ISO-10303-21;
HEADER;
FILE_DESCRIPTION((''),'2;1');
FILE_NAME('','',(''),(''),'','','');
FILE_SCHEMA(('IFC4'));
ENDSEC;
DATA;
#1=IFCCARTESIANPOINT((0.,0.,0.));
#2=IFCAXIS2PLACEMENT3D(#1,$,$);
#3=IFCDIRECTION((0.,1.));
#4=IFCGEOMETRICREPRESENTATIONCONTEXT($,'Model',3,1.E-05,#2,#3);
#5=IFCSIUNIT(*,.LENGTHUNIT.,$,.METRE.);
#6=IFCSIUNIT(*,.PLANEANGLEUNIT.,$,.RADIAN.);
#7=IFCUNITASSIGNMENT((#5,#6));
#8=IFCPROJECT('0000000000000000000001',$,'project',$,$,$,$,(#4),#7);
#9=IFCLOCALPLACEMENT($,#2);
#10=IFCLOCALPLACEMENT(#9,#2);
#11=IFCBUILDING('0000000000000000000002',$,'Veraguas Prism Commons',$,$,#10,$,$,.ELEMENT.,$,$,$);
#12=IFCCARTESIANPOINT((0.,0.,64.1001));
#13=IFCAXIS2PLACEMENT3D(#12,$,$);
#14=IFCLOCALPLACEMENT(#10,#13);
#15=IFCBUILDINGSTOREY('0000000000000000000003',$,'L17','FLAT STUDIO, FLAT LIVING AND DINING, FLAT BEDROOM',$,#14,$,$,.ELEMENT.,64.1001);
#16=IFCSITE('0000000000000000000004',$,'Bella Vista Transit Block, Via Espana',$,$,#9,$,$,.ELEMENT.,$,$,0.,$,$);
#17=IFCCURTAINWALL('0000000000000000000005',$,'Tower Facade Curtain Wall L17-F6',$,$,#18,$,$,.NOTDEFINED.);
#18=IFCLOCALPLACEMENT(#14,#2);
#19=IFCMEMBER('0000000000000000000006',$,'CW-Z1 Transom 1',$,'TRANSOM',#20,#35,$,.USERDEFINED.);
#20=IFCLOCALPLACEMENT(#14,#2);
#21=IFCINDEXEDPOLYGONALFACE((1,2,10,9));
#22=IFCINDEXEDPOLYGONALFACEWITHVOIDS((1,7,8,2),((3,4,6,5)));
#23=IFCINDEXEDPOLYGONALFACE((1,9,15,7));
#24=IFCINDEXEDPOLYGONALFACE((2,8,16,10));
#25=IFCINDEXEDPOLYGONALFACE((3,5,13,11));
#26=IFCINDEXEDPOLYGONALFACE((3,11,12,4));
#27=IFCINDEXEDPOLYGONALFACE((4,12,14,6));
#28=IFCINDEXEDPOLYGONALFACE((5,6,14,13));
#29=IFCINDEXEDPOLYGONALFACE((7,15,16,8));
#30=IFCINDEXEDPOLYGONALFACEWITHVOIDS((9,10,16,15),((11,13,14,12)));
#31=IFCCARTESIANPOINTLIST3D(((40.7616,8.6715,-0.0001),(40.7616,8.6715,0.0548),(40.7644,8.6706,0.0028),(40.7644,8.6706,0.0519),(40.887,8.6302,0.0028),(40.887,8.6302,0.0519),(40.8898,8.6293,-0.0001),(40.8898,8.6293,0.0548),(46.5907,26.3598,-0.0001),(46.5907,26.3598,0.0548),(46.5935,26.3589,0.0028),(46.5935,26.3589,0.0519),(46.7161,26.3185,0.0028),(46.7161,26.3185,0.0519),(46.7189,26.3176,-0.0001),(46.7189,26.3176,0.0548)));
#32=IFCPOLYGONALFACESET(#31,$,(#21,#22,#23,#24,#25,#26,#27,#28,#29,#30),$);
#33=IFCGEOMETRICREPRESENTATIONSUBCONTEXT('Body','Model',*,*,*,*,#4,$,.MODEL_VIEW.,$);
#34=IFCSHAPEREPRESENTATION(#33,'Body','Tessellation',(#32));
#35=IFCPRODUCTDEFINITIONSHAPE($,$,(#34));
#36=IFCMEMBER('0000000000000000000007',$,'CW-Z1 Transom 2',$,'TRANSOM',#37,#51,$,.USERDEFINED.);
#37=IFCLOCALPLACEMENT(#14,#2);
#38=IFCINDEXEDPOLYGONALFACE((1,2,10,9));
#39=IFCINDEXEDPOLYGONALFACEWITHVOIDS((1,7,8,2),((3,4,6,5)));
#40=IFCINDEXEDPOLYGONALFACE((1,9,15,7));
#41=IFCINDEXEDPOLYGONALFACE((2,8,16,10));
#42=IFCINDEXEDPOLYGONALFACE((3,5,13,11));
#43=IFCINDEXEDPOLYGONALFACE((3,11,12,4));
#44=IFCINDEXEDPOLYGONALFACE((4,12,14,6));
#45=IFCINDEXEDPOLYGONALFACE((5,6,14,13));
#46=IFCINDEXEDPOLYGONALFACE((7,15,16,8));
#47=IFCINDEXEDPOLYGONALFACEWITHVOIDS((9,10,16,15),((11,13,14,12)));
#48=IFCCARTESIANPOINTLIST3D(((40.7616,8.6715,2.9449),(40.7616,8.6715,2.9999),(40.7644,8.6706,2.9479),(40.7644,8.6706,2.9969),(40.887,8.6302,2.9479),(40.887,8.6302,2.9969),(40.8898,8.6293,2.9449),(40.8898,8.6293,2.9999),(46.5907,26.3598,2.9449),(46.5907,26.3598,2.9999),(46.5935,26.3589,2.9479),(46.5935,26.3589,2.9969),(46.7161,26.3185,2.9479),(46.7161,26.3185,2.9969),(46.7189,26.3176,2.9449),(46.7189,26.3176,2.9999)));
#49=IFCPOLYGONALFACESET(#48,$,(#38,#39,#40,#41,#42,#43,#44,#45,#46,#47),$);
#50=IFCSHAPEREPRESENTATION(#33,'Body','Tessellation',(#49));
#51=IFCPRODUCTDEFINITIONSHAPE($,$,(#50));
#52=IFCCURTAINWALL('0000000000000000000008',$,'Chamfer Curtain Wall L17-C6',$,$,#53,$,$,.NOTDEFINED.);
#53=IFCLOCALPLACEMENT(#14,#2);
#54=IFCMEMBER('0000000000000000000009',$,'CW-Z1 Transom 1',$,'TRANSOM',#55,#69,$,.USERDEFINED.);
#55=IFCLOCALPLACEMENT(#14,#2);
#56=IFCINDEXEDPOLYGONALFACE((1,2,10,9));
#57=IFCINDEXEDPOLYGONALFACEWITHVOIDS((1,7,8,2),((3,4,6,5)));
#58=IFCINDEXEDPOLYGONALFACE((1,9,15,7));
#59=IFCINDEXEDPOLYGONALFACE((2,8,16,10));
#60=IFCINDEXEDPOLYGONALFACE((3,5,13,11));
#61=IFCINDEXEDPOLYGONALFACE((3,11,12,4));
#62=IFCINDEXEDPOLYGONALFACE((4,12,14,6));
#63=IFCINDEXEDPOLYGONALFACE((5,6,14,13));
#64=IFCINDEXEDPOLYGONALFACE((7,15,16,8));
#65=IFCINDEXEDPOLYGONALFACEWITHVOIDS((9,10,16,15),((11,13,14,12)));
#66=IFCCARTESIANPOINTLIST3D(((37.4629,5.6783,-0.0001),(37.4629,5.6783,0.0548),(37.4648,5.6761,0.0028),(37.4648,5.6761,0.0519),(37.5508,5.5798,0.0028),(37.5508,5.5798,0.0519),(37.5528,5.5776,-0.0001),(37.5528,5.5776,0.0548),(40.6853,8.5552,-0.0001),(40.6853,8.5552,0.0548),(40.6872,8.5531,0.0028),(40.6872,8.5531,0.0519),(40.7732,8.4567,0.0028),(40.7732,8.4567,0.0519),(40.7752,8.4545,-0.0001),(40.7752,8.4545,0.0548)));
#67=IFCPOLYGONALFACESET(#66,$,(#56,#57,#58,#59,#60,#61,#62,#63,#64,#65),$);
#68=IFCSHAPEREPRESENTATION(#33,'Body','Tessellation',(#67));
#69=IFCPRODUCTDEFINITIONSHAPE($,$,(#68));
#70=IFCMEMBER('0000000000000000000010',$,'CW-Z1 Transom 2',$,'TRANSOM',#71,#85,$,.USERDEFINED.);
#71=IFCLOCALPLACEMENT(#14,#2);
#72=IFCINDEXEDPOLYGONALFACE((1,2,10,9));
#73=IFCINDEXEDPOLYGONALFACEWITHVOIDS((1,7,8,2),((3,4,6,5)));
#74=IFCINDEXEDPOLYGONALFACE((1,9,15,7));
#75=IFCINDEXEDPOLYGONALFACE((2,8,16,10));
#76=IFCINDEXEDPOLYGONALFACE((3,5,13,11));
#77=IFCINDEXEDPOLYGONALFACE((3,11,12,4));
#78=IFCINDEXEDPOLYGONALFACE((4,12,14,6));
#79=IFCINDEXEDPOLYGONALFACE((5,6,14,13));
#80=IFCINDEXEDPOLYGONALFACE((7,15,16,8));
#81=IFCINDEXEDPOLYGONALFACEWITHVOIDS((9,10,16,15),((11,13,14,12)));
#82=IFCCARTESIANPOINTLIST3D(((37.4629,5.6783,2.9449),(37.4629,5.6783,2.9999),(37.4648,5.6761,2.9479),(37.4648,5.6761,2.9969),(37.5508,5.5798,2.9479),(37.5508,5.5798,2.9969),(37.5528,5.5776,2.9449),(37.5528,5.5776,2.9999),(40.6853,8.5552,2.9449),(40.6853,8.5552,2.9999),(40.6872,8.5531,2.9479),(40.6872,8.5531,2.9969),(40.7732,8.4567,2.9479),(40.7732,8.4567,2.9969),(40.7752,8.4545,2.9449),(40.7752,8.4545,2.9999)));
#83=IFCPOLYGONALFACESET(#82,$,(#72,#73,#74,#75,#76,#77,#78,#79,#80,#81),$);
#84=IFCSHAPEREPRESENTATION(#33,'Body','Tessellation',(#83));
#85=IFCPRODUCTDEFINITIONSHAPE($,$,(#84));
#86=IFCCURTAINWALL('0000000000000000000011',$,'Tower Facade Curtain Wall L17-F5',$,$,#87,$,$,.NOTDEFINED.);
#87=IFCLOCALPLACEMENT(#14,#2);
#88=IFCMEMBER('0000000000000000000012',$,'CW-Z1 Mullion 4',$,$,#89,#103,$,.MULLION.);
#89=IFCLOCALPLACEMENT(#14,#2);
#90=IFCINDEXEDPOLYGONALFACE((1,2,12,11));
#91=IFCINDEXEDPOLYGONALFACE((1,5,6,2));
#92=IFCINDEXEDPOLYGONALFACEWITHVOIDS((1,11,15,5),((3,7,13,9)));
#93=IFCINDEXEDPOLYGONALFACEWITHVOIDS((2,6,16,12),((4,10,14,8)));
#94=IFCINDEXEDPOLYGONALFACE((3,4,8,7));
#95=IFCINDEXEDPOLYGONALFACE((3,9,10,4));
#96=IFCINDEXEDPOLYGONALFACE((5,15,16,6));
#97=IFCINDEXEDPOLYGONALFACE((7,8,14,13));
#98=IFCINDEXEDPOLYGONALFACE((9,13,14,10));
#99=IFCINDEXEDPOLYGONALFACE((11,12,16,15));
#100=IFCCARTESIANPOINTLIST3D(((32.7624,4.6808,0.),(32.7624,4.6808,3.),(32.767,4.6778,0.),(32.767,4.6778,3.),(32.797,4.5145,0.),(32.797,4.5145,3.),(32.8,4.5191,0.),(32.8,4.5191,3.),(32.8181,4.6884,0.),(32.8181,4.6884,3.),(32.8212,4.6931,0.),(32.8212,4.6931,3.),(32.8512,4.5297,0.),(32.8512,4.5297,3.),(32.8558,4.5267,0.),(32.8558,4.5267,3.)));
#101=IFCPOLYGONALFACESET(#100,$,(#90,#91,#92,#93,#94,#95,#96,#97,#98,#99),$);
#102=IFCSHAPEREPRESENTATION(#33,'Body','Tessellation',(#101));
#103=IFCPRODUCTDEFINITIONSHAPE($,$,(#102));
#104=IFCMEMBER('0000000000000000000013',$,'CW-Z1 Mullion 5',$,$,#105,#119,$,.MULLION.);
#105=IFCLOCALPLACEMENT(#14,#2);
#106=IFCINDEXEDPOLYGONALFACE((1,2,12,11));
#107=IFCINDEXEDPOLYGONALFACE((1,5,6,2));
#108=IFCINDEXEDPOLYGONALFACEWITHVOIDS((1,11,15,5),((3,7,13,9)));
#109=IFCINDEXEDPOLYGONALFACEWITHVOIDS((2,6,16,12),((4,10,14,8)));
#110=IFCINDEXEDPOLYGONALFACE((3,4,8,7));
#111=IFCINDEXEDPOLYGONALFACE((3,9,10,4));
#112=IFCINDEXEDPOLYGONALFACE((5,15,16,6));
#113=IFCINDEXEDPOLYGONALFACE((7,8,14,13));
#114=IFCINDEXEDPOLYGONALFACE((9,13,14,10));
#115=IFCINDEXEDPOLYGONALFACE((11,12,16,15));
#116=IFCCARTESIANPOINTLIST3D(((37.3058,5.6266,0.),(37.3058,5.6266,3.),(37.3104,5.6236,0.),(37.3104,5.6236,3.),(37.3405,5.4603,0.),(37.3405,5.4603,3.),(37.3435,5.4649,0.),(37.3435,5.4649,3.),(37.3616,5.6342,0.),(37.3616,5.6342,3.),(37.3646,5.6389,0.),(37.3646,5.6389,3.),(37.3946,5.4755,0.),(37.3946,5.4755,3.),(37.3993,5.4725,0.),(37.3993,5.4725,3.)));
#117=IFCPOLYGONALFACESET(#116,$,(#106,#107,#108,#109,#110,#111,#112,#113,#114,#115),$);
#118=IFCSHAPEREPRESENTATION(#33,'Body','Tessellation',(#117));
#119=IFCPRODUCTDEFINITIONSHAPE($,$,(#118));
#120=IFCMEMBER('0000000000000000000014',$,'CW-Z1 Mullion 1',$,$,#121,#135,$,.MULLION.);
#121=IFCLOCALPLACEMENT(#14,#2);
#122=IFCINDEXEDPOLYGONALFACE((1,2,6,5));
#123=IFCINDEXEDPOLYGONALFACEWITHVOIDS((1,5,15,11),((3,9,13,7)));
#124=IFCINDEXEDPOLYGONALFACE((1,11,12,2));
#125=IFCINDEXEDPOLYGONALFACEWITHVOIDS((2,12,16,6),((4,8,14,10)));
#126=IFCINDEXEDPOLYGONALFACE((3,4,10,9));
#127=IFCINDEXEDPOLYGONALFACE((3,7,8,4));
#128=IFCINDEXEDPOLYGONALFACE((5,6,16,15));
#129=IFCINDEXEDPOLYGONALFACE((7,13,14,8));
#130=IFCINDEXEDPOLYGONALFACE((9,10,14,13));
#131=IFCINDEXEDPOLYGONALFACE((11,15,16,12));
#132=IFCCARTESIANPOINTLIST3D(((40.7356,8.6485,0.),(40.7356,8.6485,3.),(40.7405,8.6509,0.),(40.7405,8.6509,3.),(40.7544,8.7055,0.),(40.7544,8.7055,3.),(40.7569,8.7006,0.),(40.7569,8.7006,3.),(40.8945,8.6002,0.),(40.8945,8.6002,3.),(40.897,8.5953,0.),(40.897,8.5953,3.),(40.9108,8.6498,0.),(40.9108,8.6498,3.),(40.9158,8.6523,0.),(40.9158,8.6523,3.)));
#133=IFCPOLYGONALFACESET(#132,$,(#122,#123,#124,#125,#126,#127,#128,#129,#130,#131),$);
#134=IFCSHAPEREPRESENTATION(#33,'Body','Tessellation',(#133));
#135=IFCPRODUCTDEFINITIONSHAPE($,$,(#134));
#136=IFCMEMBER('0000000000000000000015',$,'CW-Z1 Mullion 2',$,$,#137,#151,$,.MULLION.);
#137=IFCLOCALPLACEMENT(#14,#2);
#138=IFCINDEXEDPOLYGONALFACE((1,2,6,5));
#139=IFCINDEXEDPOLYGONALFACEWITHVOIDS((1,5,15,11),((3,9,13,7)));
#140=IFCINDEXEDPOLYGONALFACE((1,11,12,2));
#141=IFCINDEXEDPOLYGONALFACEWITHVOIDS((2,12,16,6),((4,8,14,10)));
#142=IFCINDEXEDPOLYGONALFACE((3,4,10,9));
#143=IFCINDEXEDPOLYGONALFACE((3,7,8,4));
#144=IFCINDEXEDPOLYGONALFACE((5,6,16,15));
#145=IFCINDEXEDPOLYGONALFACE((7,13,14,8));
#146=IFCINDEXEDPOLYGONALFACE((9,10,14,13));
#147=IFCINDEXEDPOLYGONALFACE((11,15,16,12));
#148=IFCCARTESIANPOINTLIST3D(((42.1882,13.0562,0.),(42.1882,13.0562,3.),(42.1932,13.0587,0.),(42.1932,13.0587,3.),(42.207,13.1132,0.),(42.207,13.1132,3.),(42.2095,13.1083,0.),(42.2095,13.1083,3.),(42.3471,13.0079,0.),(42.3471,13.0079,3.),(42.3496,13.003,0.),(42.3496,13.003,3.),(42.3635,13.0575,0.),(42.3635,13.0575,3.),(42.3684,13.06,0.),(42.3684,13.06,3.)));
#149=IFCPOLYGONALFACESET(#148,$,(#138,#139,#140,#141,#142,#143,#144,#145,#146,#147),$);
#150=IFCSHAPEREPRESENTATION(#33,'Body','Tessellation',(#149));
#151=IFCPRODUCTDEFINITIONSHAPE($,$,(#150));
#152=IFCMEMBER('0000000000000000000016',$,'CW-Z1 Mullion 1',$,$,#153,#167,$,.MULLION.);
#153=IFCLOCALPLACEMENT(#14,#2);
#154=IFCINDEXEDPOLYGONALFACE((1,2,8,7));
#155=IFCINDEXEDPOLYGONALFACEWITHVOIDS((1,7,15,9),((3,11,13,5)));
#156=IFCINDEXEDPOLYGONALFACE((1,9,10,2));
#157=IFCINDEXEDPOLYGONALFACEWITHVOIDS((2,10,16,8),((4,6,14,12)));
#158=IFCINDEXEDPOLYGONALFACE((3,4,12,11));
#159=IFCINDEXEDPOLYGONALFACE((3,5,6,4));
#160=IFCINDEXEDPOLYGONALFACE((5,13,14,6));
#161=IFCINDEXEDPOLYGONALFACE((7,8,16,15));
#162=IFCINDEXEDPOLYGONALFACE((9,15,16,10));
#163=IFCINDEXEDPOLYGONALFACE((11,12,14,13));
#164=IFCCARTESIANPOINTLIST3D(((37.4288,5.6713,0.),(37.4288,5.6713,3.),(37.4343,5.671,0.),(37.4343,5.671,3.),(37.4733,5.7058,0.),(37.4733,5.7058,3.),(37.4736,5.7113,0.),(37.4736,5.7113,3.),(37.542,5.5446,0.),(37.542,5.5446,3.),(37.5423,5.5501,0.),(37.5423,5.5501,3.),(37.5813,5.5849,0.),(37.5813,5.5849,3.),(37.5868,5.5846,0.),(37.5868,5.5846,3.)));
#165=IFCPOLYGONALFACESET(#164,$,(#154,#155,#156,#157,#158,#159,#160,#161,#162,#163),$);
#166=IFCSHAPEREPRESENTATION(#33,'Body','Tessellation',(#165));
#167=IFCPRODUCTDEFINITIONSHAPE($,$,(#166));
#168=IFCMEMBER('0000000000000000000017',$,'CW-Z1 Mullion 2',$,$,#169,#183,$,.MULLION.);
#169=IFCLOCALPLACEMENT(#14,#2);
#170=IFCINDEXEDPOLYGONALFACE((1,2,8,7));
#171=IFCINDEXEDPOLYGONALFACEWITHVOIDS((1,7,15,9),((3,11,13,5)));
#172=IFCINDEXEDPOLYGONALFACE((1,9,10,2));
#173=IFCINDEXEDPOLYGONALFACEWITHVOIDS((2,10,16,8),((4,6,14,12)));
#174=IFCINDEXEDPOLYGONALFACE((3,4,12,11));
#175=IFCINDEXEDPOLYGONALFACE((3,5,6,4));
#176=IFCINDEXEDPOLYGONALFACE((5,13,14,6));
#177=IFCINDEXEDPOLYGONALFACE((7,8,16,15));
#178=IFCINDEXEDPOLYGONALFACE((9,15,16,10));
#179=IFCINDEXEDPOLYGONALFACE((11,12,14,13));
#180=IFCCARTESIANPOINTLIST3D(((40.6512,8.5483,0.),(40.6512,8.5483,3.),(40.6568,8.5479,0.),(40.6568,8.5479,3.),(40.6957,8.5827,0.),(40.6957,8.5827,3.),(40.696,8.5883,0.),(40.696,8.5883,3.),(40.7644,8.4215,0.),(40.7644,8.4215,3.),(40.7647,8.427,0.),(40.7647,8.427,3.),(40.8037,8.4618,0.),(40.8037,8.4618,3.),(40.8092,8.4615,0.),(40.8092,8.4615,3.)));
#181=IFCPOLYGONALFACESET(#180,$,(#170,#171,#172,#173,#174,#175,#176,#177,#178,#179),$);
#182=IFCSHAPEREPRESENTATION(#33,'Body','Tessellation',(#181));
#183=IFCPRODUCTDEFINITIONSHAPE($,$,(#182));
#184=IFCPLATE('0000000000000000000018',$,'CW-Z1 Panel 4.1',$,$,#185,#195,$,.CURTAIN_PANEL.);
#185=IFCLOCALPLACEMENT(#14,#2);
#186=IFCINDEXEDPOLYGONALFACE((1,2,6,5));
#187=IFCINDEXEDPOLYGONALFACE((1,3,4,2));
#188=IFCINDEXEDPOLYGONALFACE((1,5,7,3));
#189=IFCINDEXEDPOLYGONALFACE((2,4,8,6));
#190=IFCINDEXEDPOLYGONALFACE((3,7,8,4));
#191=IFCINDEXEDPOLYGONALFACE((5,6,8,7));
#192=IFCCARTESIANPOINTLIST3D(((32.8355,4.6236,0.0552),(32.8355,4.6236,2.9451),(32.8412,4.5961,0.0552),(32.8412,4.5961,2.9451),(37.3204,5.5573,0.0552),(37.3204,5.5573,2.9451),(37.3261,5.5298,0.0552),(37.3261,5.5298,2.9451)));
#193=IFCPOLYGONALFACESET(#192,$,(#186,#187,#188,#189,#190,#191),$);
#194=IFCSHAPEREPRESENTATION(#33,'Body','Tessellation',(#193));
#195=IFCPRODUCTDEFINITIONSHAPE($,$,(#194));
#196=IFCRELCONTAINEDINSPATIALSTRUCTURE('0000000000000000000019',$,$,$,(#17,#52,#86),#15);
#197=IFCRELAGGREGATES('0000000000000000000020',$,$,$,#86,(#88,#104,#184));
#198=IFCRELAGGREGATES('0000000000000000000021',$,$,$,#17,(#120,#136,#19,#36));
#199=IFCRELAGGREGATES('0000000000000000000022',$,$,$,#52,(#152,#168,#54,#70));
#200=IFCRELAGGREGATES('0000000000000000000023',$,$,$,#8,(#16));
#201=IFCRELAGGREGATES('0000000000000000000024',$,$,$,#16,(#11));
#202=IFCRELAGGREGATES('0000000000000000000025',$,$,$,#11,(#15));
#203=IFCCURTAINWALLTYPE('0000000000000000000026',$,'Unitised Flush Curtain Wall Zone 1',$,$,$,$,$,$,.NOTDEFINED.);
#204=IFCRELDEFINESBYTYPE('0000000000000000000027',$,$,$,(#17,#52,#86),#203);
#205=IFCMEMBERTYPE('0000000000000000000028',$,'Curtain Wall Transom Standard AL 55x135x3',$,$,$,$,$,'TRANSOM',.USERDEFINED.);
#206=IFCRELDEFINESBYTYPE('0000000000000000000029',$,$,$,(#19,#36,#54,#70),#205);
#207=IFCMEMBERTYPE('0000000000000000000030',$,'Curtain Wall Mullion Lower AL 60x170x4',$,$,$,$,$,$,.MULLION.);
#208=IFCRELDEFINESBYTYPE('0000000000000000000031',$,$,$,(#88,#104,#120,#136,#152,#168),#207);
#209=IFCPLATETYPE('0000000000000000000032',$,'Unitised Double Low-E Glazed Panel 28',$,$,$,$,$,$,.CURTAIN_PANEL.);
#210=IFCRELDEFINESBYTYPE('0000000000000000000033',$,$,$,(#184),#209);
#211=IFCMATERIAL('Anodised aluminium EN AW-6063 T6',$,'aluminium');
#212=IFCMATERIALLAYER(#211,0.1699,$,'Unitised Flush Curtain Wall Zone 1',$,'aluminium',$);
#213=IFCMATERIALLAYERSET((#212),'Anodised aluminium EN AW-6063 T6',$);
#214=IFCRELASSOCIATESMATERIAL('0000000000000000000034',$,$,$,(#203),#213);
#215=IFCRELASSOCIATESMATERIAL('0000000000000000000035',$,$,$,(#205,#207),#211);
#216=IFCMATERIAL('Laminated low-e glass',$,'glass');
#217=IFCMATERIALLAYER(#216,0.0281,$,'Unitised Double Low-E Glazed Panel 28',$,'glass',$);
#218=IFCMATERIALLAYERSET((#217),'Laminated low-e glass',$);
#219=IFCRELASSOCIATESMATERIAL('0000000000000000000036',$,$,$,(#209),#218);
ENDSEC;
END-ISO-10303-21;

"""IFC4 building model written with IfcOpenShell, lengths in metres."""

from ifc_helpers import new_model, si_unit, direction, frame, origin, origin_2d, place, context, subcontext, project, spatial, rectangle, hollow_rectangle, extrude, source, transform, mapped, material, layer, layer_set, material_profile, profile_set, type_object, element, aggregate, save


model = new_model("IFC4")

# Units and contexts
model_context = context("Model", 3, precision=1e-05, world=origin(), true_north=direction((0.0, 1.0)))
body_context = subcontext(model_context, "Body", "Model", "MODEL_VIEW")
ifc_project = project(units=[si_unit("LENGTHUNIT", "METRE"), si_unit("PLANEANGLEUNIT", "RADIAN")], contexts=[model_context])

# Site, building, storey
site_placement = place(None, origin())
site = spatial("IfcSite", under=ifc_project, at=site_placement, Name="Bella Vista Transit Block, Via Espana", CompositionType="ELEMENT", RefElevation=0.0)
building_placement = place(site_placement, origin())
building = spatial("IfcBuilding", under=site, at=building_placement, Name="Veraguas Prism Commons", CompositionType="ELEMENT")
storey_placement = place(building_placement, frame((0.0, 0.0, 64.1001)))
storey = spatial("IfcBuildingStorey", under=building, at=storey_placement, Name="L17", Description="FLAT STUDIO, FLAT LIVING AND DINING, FLAT BEDROOM", CompositionType="ELEMENT", Elevation=64.1001)

# Curtain walls, members
ifc_material_1 = material(Name="Anodised aluminium EN AW-6063 T6", Category="aluminium")
ifc_layer_1 = layer(ifc_material_1, 0.1699, Name="Unitised Flush Curtain Wall Zone 1", Category="aluminium")
ifc_layer_set_1 = layer_set([ifc_layer_1], Name="Anodised aluminium EN AW-6063 T6")
curtain_wall_type = type_object("IfcCurtainWallType", Name="Unitised Flush Curtain Wall Zone 1", PredefinedType="NOTDEFINED", material=ifc_layer_set_1)
curtain_wall_1_placement = place(storey_placement, origin())
curtain_wall_1 = element("IfcCurtainWall", 1, at=curtain_wall_1_placement, inside=storey, type_object=curtain_wall_type, Name="Tower Facade Curtain Wall L17-F6", PredefinedType="NOTDEFINED")
ifc_material_profile_1 = material_profile(ifc_material_1, hollow_rectangle(XDim=0.0549, YDim=0.135, WallThickness=0.0029, at=origin_2d()), Name="AL55X135X3")
ifc_profile_set_1 = profile_set([ifc_material_profile_1], Name="Anodised aluminium EN AW-6063 T6")
member_type_1 = type_object("IfcMemberType", Name="Curtain Wall Transom Standard AL 55x135x3", ElementType="TRANSOM", PredefinedType="USERDEFINED", material=ifc_profile_set_1)
shared_shape_1 = source(origin(), body_context, "Body", "SweptSolid", [
    extrude(hollow_rectangle(XDim=0.0549, YDim=0.135, WallThickness=0.0029, at=origin_2d()), origin(), (0.0, 0.0, 1.0), 18.624),
])
member_1_placement = place(storey_placement, frame((40.8257, 8.6504, 0.0273), z_axis=(0.312989, 0.949757, 0.0), x_axis=(0.0, 0.0, 1.0)))
member_1 = element("IfcMember", 2, at=member_1_placement, type_object=member_type_1, Name="CW-Z1 Transom 1", ObjectType="TRANSOM", PredefinedType="USERDEFINED", context=body_context, shape_type="MappedRepresentation", body=[
    mapped(shared_shape_1, transform((0.0, 0.0, 0.0), scale=1.0)),
])
member_2_placement = place(storey_placement, frame((40.8257, 8.6504, 2.9724), z_axis=(0.312989, 0.949757, 0.0), x_axis=(0.0, 0.0, 1.0)))
member_2 = element("IfcMember", 3, at=member_2_placement, type_object=member_type_1, Name="CW-Z1 Transom 2", ObjectType="TRANSOM", PredefinedType="USERDEFINED", context=body_context, shape_type="MappedRepresentation", body=[
    mapped(shared_shape_1, transform((0.0, 0.0, 0.0), scale=1.0)),
])
curtain_wall_2_placement = place(storey_placement, origin())
curtain_wall_2 = element("IfcCurtainWall", 4, at=curtain_wall_2_placement, inside=storey, type_object=curtain_wall_type, Name="Chamfer Curtain Wall L17-C6", PredefinedType="NOTDEFINED")
shared_shape_2 = source(origin(), body_context, "Body", "SweptSolid", [
    extrude(hollow_rectangle(XDim=0.0549, YDim=0.135, WallThickness=0.0029, at=origin_2d()), origin(), (0.0, 0.0, 1.0), 4.3198),
])
member_3_placement = place(storey_placement, frame((37.5078, 5.6279, 0.0273), z_axis=(0.745961, 0.66599, 0.0), x_axis=(0.0, 0.0, 1.0)))
member_3 = element("IfcMember", 5, at=member_3_placement, type_object=member_type_1, Name="CW-Z1 Transom 1", ObjectType="TRANSOM", PredefinedType="USERDEFINED", context=body_context, shape_type="MappedRepresentation", body=[
    mapped(shared_shape_2, transform((0.0, 0.0, 0.0), scale=1.0)),
])
member_4_placement = place(storey_placement, frame((37.5078, 5.6279, 2.9724), z_axis=(0.745961, 0.66599, 0.0), x_axis=(0.0, 0.0, 1.0)))
member_4 = element("IfcMember", 6, at=member_4_placement, type_object=member_type_1, Name="CW-Z1 Transom 2", ObjectType="TRANSOM", PredefinedType="USERDEFINED", context=body_context, shape_type="MappedRepresentation", body=[
    mapped(shared_shape_2, transform((0.0, 0.0, 0.0), scale=1.0)),
])
curtain_wall_3_placement = place(storey_placement, origin())
curtain_wall_3 = element("IfcCurtainWall", 7, at=curtain_wall_3_placement, inside=storey, type_object=curtain_wall_type, Name="Tower Facade Curtain Wall L17-F5", PredefinedType="NOTDEFINED")
ifc_material_profile_2 = material_profile(ifc_material_1, hollow_rectangle(XDim=0.0601, YDim=0.1699, WallThickness=0.0039, at=origin_2d()), Name="AL60X170X4")
ifc_profile_set_2 = profile_set([ifc_material_profile_2], Name="Anodised aluminium EN AW-6063 T6")
member_type_2 = type_object("IfcMemberType", Name="Curtain Wall Mullion Lower AL 60x170x4", PredefinedType="MULLION", material=ifc_profile_set_2)
shared_shape_3 = source(origin(), body_context, "Body", "SweptSolid", [
    extrude(hollow_rectangle(XDim=0.0601, YDim=0.1699, WallThickness=0.0039, at=origin_2d()), origin(), (0.0, 0.0, 1.0), 3.0),
])
member_5_placement = place(storey_placement, frame((32.8091, 4.6038, 0.0), z_axis=(0.0, 0.0, 1.0), x_axis=(0.979009, 0.203818, 0.0)))
member_5 = element("IfcMember", 8, at=member_5_placement, type_object=member_type_2, Name="CW-Z1 Mullion 4", PredefinedType="MULLION", context=body_context, shape_type="MappedRepresentation", body=[
    mapped(shared_shape_3, transform((0.0, 0.0, 0.0), scale=1.0)),
])
member_6_placement = place(storey_placement, frame((37.3525, 5.5496, 0.0), z_axis=(0.0, 0.0, 1.0), x_axis=(0.979009, 0.203818, 0.0)))
member_6 = element("IfcMember", 9, at=member_6_placement, type_object=member_type_2, Name="CW-Z1 Mullion 5", PredefinedType="MULLION", context=body_context, shape_type="MappedRepresentation", body=[
    mapped(shared_shape_3, transform((0.0, 0.0, 0.0), scale=1.0)),
])

# Members
member_7_placement = place(storey_placement, frame((40.8257, 8.6504, 0.0), z_axis=(0.0, 0.0, 1.0), x_axis=(0.312991, 0.949756, 0.0)))
member_7 = element("IfcMember", 10, at=member_7_placement, type_object=member_type_2, Name="CW-Z1 Mullion 1", PredefinedType="MULLION", context=body_context, shape_type="MappedRepresentation", body=[
    mapped(shared_shape_3, transform((0.0, 0.0, 0.0), scale=1.0)),
])
member_8_placement = place(storey_placement, frame((42.2783, 13.0581, 0.0), z_axis=(0.0, 0.0, 1.0), x_axis=(0.312991, 0.949756, 0.0)))
member_8 = element("IfcMember", 11, at=member_8_placement, type_object=member_type_2, Name="CW-Z1 Mullion 2", PredefinedType="MULLION", context=body_context, shape_type="MappedRepresentation", body=[
    mapped(shared_shape_3, transform((0.0, 0.0, 0.0), scale=1.0)),
])
member_9_placement = place(storey_placement, frame((37.5078, 5.6279, 0.0), z_axis=(0.0, 0.0, 1.0), x_axis=(0.745954, 0.665998, 0.0)))
member_9 = element("IfcMember", 12, at=member_9_placement, type_object=member_type_2, Name="CW-Z1 Mullion 1", PredefinedType="MULLION", context=body_context, shape_type="MappedRepresentation", body=[
    mapped(shared_shape_3, transform((0.0, 0.0, 0.0), scale=1.0)),
])
member_10_placement = place(storey_placement, frame((40.7302, 8.5049, 0.0), z_axis=(0.0, 0.0, 1.0), x_axis=(0.745954, 0.665998, 0.0)))
member_10 = element("IfcMember", 13, at=member_10_placement, type_object=member_type_2, Name="CW-Z1 Mullion 2", PredefinedType="MULLION", context=body_context, shape_type="MappedRepresentation", body=[
    mapped(shared_shape_3, transform((0.0, 0.0, 0.0), scale=1.0)),
])

# Plate
ifc_material_2 = material(Name="Laminated low-e glass", Category="glass")
ifc_layer_2 = layer(ifc_material_2, 0.0281, Name="Unitised Double Low-E Glazed Panel 28", Category="glass")
ifc_layer_set_2 = layer_set([ifc_layer_2], Name="Laminated low-e glass")
plate_type = type_object("IfcPlateType", Name="Unitised Double Low-E Glazed Panel 28", PredefinedType="CURTAIN_PANEL", material=ifc_layer_set_2)
shared_shape_4 = source(origin(), body_context, "Body", "SweptSolid", [
    extrude(rectangle(XDim=4.5811, YDim=0.0281, at=origin_2d()), origin(), (0.0, 0.0, 1.0), 2.8899),
])
plate_1_placement = place(storey_placement, frame((35.0808, 5.0767, 0.0552), z_axis=(0.0, 0.0, 1.0), x_axis=(0.979009, 0.203818, 0.0)))
plate_1 = element("IfcPlate", 14, at=plate_1_placement, type_object=plate_type, Name="CW-Z1 Panel 4.1", PredefinedType="CURTAIN_PANEL", context=body_context, shape_type="MappedRepresentation", body=[
    mapped(shared_shape_4, transform((0.0, 0.0, 0.0), scale=1.0)),
])
aggregate(curtain_wall_3, [member_5, member_6, plate_1])
aggregate(curtain_wall_1, [member_7, member_8, member_1, member_2])
aggregate(curtain_wall_2, [member_9, member_10, member_3, member_4])

save(model, "model.ifc")
